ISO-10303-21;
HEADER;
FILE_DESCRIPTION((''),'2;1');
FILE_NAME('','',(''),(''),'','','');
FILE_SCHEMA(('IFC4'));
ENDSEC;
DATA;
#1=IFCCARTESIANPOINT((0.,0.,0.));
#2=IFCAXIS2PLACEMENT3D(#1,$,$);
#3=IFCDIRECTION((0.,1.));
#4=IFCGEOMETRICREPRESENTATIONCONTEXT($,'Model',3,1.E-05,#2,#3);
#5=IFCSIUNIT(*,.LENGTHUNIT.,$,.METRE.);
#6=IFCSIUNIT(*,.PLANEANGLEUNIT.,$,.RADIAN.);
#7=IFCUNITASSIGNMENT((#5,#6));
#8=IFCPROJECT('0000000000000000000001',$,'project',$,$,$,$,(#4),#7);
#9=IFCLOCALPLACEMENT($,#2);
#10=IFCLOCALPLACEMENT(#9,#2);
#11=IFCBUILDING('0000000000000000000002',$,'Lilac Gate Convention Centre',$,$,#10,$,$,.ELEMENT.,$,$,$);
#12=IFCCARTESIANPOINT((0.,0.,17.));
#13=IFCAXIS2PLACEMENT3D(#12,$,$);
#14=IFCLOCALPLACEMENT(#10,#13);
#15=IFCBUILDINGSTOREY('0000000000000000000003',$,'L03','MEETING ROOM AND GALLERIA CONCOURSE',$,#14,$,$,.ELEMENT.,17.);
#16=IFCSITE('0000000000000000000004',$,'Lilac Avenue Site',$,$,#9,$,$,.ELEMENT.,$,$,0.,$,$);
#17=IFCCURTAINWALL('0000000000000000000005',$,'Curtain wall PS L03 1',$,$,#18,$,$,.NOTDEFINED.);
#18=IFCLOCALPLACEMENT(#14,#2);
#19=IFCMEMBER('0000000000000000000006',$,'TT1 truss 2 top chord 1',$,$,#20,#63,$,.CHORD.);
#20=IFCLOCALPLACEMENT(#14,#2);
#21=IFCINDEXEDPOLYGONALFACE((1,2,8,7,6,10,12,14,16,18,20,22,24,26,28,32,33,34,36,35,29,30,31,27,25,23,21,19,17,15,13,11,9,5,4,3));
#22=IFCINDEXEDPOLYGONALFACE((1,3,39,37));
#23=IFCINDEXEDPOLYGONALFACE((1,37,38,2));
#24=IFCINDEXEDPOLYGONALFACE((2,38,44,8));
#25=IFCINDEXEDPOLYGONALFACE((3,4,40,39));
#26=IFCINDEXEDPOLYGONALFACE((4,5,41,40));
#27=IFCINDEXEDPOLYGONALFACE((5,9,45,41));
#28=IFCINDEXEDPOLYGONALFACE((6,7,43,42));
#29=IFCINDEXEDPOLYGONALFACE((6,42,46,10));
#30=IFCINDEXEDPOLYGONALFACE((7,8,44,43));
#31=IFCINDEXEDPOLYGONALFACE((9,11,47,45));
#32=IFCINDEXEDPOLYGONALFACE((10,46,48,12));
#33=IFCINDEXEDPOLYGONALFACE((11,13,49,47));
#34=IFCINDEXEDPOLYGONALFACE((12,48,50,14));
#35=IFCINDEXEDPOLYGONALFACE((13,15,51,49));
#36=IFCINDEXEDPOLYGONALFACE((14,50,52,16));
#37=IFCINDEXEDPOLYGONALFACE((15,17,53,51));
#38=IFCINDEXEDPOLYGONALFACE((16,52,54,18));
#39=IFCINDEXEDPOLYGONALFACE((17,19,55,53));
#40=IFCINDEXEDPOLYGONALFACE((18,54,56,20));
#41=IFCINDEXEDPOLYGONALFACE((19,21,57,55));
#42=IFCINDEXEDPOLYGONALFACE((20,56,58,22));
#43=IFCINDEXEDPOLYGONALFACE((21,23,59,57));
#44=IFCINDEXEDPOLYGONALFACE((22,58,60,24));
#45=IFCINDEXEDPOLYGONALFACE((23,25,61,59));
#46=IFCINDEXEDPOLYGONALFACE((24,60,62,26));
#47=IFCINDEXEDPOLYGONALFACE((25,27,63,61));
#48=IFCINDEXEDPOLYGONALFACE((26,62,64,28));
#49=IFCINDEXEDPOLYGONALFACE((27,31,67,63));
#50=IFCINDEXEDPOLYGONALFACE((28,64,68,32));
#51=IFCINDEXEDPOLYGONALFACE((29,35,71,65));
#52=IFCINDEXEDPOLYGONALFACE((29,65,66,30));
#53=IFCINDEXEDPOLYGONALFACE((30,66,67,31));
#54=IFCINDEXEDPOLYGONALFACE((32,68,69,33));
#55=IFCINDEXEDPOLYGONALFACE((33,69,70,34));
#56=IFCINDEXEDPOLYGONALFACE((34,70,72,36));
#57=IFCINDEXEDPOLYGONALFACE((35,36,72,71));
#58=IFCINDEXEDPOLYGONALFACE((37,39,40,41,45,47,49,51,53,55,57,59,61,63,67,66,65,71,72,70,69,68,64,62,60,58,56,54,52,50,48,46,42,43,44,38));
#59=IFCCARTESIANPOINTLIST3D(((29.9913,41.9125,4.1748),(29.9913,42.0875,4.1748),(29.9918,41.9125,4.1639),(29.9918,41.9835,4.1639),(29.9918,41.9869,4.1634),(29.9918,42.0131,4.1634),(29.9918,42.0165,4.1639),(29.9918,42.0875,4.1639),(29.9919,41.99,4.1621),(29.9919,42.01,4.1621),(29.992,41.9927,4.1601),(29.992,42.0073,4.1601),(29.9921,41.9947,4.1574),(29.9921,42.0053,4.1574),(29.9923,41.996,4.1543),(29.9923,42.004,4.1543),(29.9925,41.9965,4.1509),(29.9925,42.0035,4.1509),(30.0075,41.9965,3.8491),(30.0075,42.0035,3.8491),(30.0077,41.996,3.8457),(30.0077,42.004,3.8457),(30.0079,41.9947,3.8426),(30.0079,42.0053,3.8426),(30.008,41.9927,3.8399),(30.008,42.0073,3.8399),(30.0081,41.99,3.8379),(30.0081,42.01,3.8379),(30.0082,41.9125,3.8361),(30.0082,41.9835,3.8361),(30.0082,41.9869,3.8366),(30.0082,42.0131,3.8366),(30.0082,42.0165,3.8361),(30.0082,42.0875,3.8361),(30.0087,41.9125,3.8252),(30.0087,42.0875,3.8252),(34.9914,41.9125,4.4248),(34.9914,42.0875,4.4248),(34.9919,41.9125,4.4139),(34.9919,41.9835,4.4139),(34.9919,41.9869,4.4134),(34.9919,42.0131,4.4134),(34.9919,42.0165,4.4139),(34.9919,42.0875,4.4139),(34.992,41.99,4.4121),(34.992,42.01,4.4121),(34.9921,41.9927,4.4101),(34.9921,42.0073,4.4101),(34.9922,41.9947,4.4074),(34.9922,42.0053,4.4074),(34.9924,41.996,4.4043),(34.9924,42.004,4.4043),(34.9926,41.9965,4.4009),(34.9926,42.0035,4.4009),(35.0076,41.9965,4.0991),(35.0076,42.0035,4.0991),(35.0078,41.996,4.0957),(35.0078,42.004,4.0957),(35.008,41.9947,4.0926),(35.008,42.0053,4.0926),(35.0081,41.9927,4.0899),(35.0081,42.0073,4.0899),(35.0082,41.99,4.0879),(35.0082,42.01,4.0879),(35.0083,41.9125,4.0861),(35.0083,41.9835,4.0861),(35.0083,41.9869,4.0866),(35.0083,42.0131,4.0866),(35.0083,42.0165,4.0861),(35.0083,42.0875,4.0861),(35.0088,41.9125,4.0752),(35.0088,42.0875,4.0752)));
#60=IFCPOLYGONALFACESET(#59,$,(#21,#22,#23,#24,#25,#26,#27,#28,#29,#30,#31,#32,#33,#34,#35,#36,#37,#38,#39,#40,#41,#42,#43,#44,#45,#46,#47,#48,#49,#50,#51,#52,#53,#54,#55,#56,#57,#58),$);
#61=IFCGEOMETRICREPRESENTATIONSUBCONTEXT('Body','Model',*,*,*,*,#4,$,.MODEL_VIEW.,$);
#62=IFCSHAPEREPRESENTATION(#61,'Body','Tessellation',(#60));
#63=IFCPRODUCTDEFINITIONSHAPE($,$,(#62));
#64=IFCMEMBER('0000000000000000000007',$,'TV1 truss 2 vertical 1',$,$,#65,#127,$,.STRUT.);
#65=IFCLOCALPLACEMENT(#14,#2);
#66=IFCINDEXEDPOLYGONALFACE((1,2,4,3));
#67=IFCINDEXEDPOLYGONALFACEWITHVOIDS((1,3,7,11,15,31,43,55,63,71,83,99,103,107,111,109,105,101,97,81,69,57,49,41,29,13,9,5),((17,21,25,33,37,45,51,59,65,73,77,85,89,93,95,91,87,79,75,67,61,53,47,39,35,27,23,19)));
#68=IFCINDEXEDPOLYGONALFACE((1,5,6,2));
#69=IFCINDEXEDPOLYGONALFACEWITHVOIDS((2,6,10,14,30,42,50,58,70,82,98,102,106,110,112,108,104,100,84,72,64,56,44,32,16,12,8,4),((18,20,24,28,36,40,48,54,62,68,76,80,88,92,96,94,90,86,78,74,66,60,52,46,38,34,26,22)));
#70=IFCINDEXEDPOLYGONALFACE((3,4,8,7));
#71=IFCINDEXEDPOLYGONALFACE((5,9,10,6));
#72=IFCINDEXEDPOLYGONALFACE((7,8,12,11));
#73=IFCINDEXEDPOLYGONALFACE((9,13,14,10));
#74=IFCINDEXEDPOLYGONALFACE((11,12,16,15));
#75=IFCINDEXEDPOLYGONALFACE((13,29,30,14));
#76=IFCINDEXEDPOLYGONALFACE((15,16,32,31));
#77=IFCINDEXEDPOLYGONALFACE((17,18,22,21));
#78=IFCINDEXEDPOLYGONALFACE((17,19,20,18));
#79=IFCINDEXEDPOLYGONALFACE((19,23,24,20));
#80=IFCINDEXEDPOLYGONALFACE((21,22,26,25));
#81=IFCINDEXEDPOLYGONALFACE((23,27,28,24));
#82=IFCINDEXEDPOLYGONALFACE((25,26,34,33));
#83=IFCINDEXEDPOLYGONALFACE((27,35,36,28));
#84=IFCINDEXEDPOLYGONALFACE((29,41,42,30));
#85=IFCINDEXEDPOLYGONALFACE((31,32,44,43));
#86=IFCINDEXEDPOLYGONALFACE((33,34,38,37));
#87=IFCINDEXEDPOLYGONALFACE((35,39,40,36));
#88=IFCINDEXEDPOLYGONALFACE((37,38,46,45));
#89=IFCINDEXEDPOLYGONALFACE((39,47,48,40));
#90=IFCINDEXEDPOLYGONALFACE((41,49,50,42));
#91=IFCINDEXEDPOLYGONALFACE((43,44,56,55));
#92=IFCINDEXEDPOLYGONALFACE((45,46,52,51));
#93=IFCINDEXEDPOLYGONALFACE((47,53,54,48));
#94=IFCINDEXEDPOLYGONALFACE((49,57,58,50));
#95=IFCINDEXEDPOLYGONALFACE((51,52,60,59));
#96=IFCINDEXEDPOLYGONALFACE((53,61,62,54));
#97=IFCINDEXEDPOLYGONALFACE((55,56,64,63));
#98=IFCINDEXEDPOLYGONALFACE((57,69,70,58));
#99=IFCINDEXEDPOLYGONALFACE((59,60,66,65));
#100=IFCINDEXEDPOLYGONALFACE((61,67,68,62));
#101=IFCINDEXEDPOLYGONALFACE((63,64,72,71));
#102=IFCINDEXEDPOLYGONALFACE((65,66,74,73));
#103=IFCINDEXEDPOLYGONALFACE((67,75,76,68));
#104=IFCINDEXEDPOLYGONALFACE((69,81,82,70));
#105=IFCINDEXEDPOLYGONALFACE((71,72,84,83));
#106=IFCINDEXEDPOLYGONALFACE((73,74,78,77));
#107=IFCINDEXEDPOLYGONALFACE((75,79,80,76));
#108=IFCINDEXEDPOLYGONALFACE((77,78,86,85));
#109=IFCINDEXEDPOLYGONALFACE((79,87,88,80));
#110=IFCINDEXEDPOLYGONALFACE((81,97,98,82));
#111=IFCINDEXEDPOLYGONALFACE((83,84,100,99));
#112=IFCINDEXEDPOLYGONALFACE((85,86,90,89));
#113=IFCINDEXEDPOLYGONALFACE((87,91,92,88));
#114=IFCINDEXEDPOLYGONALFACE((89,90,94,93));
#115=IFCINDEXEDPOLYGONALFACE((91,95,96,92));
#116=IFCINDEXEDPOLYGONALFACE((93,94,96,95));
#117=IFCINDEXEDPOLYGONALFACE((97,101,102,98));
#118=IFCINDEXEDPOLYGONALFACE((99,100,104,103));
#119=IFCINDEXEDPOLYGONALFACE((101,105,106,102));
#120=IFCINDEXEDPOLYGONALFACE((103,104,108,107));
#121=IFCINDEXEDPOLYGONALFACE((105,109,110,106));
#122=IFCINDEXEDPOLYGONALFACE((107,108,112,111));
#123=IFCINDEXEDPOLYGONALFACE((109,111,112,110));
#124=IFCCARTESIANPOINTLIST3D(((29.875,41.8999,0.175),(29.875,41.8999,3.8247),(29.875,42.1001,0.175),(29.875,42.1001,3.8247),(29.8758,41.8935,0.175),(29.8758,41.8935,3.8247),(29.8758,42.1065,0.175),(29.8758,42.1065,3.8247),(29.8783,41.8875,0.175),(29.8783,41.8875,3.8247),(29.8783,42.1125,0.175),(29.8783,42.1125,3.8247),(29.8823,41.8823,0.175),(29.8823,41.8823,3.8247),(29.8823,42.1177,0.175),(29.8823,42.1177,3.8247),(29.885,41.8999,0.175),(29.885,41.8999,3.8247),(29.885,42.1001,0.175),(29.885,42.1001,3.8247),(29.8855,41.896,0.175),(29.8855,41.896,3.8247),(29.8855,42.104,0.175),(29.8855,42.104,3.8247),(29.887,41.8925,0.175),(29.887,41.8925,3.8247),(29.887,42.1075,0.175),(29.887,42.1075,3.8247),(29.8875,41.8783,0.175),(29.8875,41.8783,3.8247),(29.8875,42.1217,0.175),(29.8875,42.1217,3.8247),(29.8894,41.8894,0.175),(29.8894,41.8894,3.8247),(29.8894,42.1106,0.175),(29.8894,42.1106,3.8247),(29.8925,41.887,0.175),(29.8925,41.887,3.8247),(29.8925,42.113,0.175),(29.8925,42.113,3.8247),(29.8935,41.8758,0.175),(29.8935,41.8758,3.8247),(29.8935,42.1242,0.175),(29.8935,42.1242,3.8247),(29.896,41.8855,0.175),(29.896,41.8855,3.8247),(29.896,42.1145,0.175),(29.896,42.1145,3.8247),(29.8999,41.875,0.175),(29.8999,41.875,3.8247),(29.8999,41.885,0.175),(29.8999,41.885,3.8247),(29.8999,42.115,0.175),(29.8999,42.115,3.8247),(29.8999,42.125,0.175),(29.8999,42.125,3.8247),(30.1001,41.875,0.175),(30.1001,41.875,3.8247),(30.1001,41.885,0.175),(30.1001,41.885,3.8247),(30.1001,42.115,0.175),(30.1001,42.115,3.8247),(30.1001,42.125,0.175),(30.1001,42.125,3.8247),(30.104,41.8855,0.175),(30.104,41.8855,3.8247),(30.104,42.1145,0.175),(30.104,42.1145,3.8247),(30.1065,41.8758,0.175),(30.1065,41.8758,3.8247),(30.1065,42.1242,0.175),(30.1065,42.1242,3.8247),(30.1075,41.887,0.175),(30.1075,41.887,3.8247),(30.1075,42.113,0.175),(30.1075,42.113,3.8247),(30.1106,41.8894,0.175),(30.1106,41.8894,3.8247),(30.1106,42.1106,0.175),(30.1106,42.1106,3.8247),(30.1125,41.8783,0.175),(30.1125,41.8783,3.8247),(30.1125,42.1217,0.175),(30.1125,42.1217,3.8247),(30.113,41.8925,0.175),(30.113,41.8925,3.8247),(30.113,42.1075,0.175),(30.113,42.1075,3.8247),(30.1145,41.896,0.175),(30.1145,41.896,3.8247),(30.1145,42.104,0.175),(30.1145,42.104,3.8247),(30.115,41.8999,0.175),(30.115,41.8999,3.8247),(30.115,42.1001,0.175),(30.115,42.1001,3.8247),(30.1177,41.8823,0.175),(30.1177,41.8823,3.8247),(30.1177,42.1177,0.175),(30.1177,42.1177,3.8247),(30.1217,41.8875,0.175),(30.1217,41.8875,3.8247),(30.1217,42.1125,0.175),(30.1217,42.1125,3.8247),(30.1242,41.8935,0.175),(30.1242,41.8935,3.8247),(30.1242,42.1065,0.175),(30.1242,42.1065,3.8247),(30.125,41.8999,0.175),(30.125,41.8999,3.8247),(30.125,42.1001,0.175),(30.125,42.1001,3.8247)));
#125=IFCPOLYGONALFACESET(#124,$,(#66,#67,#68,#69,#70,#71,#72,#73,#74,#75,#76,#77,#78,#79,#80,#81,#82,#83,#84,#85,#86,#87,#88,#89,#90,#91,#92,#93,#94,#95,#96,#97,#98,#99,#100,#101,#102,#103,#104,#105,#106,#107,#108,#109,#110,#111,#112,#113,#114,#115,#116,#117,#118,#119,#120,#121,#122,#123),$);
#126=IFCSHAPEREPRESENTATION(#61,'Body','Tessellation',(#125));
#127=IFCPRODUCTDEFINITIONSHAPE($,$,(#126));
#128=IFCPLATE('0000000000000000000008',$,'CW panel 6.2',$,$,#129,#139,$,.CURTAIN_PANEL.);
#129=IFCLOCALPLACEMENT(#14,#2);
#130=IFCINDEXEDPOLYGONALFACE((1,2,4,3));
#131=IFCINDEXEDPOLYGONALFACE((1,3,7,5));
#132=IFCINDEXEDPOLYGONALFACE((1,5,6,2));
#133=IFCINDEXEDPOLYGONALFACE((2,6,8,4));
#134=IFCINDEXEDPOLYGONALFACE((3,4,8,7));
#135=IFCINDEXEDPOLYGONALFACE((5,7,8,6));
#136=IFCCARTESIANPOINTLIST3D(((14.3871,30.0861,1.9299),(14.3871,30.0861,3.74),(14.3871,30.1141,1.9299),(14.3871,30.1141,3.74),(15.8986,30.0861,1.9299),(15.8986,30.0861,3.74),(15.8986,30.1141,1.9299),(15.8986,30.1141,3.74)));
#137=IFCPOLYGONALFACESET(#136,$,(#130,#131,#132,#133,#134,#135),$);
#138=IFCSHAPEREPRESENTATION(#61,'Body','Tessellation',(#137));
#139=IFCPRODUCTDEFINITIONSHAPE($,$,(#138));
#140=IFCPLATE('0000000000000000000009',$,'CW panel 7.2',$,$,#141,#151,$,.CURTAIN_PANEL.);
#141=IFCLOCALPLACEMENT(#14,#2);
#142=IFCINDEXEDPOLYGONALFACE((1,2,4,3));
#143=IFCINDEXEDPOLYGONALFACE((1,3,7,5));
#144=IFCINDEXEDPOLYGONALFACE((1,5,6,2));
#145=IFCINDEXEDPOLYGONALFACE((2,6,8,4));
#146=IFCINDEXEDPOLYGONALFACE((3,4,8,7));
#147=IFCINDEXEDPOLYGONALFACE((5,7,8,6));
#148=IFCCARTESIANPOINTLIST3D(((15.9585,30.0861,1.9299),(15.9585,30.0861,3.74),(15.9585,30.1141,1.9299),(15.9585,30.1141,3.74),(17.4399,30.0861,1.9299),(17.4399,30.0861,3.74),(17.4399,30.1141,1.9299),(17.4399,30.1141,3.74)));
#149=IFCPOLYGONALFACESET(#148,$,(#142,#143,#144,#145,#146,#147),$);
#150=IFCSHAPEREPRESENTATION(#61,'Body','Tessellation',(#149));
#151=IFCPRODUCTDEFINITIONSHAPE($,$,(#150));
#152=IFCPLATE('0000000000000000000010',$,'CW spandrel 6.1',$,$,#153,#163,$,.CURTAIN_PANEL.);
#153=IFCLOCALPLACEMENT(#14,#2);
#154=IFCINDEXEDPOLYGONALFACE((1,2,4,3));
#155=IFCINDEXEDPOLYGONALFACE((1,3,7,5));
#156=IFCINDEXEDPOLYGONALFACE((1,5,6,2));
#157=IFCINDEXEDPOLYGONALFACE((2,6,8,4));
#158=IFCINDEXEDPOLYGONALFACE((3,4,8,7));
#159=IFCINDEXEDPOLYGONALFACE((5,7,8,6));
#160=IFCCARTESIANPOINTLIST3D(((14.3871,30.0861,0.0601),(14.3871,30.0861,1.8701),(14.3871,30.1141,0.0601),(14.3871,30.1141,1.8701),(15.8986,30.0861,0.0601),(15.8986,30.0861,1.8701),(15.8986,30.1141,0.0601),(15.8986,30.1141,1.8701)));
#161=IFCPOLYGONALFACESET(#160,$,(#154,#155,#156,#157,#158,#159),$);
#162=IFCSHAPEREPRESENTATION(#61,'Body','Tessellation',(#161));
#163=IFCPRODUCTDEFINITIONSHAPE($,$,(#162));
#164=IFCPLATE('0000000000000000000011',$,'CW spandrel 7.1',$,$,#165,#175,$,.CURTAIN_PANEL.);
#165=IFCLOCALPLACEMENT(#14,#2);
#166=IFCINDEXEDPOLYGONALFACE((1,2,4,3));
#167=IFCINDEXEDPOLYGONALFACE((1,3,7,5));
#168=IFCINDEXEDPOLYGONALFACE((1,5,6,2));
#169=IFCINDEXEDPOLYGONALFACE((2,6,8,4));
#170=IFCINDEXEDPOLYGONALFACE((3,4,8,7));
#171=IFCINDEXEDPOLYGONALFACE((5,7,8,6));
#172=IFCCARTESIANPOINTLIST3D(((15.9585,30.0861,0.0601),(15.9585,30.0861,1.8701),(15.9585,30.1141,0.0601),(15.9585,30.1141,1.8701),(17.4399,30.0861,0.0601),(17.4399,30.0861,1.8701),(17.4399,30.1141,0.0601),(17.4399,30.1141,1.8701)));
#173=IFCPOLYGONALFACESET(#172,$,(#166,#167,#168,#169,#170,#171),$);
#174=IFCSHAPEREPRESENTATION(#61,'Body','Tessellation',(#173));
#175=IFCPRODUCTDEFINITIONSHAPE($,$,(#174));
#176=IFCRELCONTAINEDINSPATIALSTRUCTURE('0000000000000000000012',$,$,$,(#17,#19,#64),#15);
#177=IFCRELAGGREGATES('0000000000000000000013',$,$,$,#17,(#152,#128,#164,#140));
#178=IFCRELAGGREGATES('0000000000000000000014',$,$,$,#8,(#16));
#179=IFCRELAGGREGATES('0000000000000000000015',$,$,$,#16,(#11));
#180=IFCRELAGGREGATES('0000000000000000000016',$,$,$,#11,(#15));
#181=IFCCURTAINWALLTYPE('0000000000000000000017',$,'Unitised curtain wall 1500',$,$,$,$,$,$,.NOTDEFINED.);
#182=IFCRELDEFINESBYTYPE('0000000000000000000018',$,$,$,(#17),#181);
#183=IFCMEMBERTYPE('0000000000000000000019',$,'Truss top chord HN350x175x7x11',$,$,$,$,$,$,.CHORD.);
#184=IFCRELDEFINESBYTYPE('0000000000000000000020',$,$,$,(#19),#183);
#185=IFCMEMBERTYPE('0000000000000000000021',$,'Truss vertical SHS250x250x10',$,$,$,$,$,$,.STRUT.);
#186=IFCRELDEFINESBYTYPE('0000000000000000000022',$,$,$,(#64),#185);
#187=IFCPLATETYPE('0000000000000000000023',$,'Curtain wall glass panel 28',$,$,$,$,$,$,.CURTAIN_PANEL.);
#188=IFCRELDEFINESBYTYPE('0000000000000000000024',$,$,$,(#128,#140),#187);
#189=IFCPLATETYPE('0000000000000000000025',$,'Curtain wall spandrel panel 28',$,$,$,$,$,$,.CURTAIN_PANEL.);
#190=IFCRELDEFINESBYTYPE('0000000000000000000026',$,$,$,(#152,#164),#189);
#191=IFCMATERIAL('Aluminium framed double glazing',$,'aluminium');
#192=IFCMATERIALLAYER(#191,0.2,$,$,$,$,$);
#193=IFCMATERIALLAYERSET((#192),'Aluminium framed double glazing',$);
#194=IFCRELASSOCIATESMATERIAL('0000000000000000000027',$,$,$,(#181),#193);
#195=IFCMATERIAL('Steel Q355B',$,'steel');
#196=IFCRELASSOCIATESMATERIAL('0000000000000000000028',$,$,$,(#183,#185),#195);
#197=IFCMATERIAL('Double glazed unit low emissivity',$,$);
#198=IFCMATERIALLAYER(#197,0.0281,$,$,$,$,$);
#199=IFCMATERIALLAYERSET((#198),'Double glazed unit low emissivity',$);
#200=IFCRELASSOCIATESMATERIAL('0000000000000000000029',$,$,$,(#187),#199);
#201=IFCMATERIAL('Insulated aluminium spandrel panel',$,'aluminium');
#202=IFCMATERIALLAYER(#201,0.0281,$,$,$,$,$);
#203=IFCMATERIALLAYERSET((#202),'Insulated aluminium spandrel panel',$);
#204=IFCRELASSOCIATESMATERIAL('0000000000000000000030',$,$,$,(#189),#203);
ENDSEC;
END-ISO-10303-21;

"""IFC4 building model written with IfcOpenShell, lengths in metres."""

from ifc_helpers import new_model, si_unit, direction, frame, origin, origin_2d, place, context, subcontext, project, spatial, rectangle, hollow_rectangle, i_section, extrude, material, layer, layer_set, material_profile, profile_set, type_object, element, aggregate, save


model = new_model("IFC4")

# Units and contexts
model_context = context("Model", 3, precision=1e-05, world=origin(), true_north=direction((0.0, 1.0)))
body_context = subcontext(model_context, "Body", "Model", "MODEL_VIEW")
ifc_project = project(units=[si_unit("LENGTHUNIT", "METRE"), si_unit("PLANEANGLEUNIT", "RADIAN")], contexts=[model_context])

# Site, building, storey
site_placement = place(None, origin())
site = spatial("IfcSite", under=ifc_project, at=site_placement, Name="Lilac Avenue Site", CompositionType="ELEMENT", RefElevation=0.0)
building_placement = place(site_placement, origin())
building = spatial("IfcBuilding", under=site, at=building_placement, Name="Lilac Gate Convention Centre", CompositionType="ELEMENT")
storey_placement = place(building_placement, frame((0.0, 0.0, 17.0)))
storey = spatial("IfcBuildingStorey", under=building, at=storey_placement, Name="L03", Description="MEETING ROOM AND GALLERIA CONCOURSE", CompositionType="ELEMENT", Elevation=17.0)

# Shared definitions
ifc_material_1 = material(Name="Steel Q355B", Category="steel")

# Curtain wall
ifc_material_2 = material(Name="Aluminium framed double glazing", Category="aluminium")
ifc_layer_1 = layer(ifc_material_2, 0.2)
ifc_layer_set_1 = layer_set([ifc_layer_1], Name="Aluminium framed double glazing")
curtain_wall_type = type_object("IfcCurtainWallType", Name="Unitised curtain wall 1500", PredefinedType="NOTDEFINED", material=ifc_layer_set_1)
curtain_wall_placement = place(storey_placement, origin())
curtain_wall = element("IfcCurtainWall", 1, at=curtain_wall_placement, inside=storey, type_object=curtain_wall_type, Name="Curtain wall PS L03 1", PredefinedType="NOTDEFINED")

# Members
ifc_material_profile_1 = material_profile(ifc_material_1, i_section(OverallWidth=0.175, OverallDepth=0.3501, WebThickness=0.0071, FlangeThickness=0.011, FilletRadius=0.0129, at=origin_2d()), Name="HN350x175x7x11")
ifc_profile_set_1 = profile_set([ifc_material_profile_1], Name="Steel Q355B")
member_type_1 = type_object("IfcMemberType", Name="Truss top chord HN350x175x7x11", PredefinedType="CHORD", material=ifc_profile_set_1)
member_1_placement = place(storey_placement, frame((30.0, 42.0, 4.0), z_axis=(0.998752, 0.0, 0.049938), x_axis=(0.0, 1.0, 0.0)))
element("IfcMember", 2, at=member_1_placement, inside=storey, type_object=member_type_1, Name="TT1 truss 2 top chord 1", PredefinedType="CHORD", context=body_context, shape_type="SweptSolid", body=[
    extrude(i_section(OverallWidth=0.175, OverallDepth=0.3501, WebThickness=0.0071, FlangeThickness=0.011, FilletRadius=0.0129, at=origin_2d()), origin(), (0.0, 0.0, 1.0), 5.0063),
])
ifc_material_profile_2 = material_profile(ifc_material_1, hollow_rectangle(XDim=0.25, YDim=0.25, WallThickness=0.01, InnerFilletRadius=0.0149, OuterFilletRadius=0.0249, at=origin_2d()), Name="SHS250x250x10")
ifc_profile_set_2 = profile_set([ifc_material_profile_2], Name="Steel Q355B")
member_type_2 = type_object("IfcMemberType", Name="Truss vertical SHS250x250x10", PredefinedType="STRUT", material=ifc_profile_set_2)
member_2_placement = place(storey_placement, frame((30.0, 42.0, 0.175), z_axis=(0.0, 0.0, 1.0), x_axis=(1.0, 0.0, 0.0)))
element("IfcMember", 3, at=member_2_placement, inside=storey, type_object=member_type_2, Name="TV1 truss 2 vertical 1", PredefinedType="STRUT", context=body_context, shape_type="SweptSolid", body=[
    extrude(hollow_rectangle(XDim=0.25, YDim=0.25, WallThickness=0.01, InnerFilletRadius=0.0149, OuterFilletRadius=0.0249, at=origin_2d()), origin(), (0.0, 0.0, 1.0), 3.6497),
])

# Plates
ifc_material_3 = material(Name="Double glazed unit low emissivity")
ifc_layer_2 = layer(ifc_material_3, 0.0281)
ifc_layer_set_2 = layer_set([ifc_layer_2], Name="Double glazed unit low emissivity")
plate_type_1 = type_object("IfcPlateType", Name="Curtain wall glass panel 28", PredefinedType="CURTAIN_PANEL", material=ifc_layer_set_2)
plate_1_placement = place(storey_placement, frame((15.1428, 30.1001, 1.9299), z_axis=(0.0, 0.0, 1.0), x_axis=(1.0, 0.0, 0.0)))
plate_1 = element("IfcPlate", 4, at=plate_1_placement, type_object=plate_type_1, Name="CW panel 6.2", PredefinedType="CURTAIN_PANEL", context=body_context, shape_type="SweptSolid", body=[
    extrude(rectangle(XDim=1.5115, YDim=0.0281, at=origin_2d()), origin(), (0.0, 0.0, 1.0), 1.8101),
])
plate_2_placement = place(storey_placement, frame((16.6992, 30.1001, 1.9299), z_axis=(0.0, 0.0, 1.0), x_axis=(1.0, 0.0, 0.0)))
plate_2 = element("IfcPlate", 5, at=plate_2_placement, type_object=plate_type_1, Name="CW panel 7.2", PredefinedType="CURTAIN_PANEL", context=body_context, shape_type="SweptSolid", body=[
    extrude(rectangle(XDim=1.4814, YDim=0.0281, at=origin_2d()), origin(), (0.0, 0.0, 1.0), 1.8101),
])
ifc_material_4 = material(Name="Insulated aluminium spandrel panel", Category="aluminium")
ifc_layer_3 = layer(ifc_material_4, 0.0281)
ifc_layer_set_3 = layer_set([ifc_layer_3], Name="Insulated aluminium spandrel panel")
plate_type_2 = type_object("IfcPlateType", Name="Curtain wall spandrel panel 28", PredefinedType="CURTAIN_PANEL", material=ifc_layer_set_3)
plate_3_placement = place(storey_placement, frame((15.1428, 30.1001, 0.0601), z_axis=(0.0, 0.0, 1.0), x_axis=(1.0, 0.0, 0.0)))
plate_3 = element("IfcPlate", 6, at=plate_3_placement, type_object=plate_type_2, Name="CW spandrel 6.1", PredefinedType="CURTAIN_PANEL", context=body_context, shape_type="SweptSolid", body=[
    extrude(rectangle(XDim=1.5115, YDim=0.0281, at=origin_2d()), origin(), (0.0, 0.0, 1.0), 1.8101),
])
plate_4_placement = place(storey_placement, frame((16.6992, 30.1001, 0.0601), z_axis=(0.0, 0.0, 1.0), x_axis=(1.0, 0.0, 0.0)))
plate_4 = element("IfcPlate", 7, at=plate_4_placement, type_object=plate_type_2, Name="CW spandrel 7.1", PredefinedType="CURTAIN_PANEL", context=body_context, shape_type="SweptSolid", body=[
    extrude(rectangle(XDim=1.4814, YDim=0.0281, at=origin_2d()), origin(), (0.0, 0.0, 1.0), 1.8101),
])
aggregate(curtain_wall, [plate_3, plate_1, plate_4, plate_2])

save(model, "model.ifc")
